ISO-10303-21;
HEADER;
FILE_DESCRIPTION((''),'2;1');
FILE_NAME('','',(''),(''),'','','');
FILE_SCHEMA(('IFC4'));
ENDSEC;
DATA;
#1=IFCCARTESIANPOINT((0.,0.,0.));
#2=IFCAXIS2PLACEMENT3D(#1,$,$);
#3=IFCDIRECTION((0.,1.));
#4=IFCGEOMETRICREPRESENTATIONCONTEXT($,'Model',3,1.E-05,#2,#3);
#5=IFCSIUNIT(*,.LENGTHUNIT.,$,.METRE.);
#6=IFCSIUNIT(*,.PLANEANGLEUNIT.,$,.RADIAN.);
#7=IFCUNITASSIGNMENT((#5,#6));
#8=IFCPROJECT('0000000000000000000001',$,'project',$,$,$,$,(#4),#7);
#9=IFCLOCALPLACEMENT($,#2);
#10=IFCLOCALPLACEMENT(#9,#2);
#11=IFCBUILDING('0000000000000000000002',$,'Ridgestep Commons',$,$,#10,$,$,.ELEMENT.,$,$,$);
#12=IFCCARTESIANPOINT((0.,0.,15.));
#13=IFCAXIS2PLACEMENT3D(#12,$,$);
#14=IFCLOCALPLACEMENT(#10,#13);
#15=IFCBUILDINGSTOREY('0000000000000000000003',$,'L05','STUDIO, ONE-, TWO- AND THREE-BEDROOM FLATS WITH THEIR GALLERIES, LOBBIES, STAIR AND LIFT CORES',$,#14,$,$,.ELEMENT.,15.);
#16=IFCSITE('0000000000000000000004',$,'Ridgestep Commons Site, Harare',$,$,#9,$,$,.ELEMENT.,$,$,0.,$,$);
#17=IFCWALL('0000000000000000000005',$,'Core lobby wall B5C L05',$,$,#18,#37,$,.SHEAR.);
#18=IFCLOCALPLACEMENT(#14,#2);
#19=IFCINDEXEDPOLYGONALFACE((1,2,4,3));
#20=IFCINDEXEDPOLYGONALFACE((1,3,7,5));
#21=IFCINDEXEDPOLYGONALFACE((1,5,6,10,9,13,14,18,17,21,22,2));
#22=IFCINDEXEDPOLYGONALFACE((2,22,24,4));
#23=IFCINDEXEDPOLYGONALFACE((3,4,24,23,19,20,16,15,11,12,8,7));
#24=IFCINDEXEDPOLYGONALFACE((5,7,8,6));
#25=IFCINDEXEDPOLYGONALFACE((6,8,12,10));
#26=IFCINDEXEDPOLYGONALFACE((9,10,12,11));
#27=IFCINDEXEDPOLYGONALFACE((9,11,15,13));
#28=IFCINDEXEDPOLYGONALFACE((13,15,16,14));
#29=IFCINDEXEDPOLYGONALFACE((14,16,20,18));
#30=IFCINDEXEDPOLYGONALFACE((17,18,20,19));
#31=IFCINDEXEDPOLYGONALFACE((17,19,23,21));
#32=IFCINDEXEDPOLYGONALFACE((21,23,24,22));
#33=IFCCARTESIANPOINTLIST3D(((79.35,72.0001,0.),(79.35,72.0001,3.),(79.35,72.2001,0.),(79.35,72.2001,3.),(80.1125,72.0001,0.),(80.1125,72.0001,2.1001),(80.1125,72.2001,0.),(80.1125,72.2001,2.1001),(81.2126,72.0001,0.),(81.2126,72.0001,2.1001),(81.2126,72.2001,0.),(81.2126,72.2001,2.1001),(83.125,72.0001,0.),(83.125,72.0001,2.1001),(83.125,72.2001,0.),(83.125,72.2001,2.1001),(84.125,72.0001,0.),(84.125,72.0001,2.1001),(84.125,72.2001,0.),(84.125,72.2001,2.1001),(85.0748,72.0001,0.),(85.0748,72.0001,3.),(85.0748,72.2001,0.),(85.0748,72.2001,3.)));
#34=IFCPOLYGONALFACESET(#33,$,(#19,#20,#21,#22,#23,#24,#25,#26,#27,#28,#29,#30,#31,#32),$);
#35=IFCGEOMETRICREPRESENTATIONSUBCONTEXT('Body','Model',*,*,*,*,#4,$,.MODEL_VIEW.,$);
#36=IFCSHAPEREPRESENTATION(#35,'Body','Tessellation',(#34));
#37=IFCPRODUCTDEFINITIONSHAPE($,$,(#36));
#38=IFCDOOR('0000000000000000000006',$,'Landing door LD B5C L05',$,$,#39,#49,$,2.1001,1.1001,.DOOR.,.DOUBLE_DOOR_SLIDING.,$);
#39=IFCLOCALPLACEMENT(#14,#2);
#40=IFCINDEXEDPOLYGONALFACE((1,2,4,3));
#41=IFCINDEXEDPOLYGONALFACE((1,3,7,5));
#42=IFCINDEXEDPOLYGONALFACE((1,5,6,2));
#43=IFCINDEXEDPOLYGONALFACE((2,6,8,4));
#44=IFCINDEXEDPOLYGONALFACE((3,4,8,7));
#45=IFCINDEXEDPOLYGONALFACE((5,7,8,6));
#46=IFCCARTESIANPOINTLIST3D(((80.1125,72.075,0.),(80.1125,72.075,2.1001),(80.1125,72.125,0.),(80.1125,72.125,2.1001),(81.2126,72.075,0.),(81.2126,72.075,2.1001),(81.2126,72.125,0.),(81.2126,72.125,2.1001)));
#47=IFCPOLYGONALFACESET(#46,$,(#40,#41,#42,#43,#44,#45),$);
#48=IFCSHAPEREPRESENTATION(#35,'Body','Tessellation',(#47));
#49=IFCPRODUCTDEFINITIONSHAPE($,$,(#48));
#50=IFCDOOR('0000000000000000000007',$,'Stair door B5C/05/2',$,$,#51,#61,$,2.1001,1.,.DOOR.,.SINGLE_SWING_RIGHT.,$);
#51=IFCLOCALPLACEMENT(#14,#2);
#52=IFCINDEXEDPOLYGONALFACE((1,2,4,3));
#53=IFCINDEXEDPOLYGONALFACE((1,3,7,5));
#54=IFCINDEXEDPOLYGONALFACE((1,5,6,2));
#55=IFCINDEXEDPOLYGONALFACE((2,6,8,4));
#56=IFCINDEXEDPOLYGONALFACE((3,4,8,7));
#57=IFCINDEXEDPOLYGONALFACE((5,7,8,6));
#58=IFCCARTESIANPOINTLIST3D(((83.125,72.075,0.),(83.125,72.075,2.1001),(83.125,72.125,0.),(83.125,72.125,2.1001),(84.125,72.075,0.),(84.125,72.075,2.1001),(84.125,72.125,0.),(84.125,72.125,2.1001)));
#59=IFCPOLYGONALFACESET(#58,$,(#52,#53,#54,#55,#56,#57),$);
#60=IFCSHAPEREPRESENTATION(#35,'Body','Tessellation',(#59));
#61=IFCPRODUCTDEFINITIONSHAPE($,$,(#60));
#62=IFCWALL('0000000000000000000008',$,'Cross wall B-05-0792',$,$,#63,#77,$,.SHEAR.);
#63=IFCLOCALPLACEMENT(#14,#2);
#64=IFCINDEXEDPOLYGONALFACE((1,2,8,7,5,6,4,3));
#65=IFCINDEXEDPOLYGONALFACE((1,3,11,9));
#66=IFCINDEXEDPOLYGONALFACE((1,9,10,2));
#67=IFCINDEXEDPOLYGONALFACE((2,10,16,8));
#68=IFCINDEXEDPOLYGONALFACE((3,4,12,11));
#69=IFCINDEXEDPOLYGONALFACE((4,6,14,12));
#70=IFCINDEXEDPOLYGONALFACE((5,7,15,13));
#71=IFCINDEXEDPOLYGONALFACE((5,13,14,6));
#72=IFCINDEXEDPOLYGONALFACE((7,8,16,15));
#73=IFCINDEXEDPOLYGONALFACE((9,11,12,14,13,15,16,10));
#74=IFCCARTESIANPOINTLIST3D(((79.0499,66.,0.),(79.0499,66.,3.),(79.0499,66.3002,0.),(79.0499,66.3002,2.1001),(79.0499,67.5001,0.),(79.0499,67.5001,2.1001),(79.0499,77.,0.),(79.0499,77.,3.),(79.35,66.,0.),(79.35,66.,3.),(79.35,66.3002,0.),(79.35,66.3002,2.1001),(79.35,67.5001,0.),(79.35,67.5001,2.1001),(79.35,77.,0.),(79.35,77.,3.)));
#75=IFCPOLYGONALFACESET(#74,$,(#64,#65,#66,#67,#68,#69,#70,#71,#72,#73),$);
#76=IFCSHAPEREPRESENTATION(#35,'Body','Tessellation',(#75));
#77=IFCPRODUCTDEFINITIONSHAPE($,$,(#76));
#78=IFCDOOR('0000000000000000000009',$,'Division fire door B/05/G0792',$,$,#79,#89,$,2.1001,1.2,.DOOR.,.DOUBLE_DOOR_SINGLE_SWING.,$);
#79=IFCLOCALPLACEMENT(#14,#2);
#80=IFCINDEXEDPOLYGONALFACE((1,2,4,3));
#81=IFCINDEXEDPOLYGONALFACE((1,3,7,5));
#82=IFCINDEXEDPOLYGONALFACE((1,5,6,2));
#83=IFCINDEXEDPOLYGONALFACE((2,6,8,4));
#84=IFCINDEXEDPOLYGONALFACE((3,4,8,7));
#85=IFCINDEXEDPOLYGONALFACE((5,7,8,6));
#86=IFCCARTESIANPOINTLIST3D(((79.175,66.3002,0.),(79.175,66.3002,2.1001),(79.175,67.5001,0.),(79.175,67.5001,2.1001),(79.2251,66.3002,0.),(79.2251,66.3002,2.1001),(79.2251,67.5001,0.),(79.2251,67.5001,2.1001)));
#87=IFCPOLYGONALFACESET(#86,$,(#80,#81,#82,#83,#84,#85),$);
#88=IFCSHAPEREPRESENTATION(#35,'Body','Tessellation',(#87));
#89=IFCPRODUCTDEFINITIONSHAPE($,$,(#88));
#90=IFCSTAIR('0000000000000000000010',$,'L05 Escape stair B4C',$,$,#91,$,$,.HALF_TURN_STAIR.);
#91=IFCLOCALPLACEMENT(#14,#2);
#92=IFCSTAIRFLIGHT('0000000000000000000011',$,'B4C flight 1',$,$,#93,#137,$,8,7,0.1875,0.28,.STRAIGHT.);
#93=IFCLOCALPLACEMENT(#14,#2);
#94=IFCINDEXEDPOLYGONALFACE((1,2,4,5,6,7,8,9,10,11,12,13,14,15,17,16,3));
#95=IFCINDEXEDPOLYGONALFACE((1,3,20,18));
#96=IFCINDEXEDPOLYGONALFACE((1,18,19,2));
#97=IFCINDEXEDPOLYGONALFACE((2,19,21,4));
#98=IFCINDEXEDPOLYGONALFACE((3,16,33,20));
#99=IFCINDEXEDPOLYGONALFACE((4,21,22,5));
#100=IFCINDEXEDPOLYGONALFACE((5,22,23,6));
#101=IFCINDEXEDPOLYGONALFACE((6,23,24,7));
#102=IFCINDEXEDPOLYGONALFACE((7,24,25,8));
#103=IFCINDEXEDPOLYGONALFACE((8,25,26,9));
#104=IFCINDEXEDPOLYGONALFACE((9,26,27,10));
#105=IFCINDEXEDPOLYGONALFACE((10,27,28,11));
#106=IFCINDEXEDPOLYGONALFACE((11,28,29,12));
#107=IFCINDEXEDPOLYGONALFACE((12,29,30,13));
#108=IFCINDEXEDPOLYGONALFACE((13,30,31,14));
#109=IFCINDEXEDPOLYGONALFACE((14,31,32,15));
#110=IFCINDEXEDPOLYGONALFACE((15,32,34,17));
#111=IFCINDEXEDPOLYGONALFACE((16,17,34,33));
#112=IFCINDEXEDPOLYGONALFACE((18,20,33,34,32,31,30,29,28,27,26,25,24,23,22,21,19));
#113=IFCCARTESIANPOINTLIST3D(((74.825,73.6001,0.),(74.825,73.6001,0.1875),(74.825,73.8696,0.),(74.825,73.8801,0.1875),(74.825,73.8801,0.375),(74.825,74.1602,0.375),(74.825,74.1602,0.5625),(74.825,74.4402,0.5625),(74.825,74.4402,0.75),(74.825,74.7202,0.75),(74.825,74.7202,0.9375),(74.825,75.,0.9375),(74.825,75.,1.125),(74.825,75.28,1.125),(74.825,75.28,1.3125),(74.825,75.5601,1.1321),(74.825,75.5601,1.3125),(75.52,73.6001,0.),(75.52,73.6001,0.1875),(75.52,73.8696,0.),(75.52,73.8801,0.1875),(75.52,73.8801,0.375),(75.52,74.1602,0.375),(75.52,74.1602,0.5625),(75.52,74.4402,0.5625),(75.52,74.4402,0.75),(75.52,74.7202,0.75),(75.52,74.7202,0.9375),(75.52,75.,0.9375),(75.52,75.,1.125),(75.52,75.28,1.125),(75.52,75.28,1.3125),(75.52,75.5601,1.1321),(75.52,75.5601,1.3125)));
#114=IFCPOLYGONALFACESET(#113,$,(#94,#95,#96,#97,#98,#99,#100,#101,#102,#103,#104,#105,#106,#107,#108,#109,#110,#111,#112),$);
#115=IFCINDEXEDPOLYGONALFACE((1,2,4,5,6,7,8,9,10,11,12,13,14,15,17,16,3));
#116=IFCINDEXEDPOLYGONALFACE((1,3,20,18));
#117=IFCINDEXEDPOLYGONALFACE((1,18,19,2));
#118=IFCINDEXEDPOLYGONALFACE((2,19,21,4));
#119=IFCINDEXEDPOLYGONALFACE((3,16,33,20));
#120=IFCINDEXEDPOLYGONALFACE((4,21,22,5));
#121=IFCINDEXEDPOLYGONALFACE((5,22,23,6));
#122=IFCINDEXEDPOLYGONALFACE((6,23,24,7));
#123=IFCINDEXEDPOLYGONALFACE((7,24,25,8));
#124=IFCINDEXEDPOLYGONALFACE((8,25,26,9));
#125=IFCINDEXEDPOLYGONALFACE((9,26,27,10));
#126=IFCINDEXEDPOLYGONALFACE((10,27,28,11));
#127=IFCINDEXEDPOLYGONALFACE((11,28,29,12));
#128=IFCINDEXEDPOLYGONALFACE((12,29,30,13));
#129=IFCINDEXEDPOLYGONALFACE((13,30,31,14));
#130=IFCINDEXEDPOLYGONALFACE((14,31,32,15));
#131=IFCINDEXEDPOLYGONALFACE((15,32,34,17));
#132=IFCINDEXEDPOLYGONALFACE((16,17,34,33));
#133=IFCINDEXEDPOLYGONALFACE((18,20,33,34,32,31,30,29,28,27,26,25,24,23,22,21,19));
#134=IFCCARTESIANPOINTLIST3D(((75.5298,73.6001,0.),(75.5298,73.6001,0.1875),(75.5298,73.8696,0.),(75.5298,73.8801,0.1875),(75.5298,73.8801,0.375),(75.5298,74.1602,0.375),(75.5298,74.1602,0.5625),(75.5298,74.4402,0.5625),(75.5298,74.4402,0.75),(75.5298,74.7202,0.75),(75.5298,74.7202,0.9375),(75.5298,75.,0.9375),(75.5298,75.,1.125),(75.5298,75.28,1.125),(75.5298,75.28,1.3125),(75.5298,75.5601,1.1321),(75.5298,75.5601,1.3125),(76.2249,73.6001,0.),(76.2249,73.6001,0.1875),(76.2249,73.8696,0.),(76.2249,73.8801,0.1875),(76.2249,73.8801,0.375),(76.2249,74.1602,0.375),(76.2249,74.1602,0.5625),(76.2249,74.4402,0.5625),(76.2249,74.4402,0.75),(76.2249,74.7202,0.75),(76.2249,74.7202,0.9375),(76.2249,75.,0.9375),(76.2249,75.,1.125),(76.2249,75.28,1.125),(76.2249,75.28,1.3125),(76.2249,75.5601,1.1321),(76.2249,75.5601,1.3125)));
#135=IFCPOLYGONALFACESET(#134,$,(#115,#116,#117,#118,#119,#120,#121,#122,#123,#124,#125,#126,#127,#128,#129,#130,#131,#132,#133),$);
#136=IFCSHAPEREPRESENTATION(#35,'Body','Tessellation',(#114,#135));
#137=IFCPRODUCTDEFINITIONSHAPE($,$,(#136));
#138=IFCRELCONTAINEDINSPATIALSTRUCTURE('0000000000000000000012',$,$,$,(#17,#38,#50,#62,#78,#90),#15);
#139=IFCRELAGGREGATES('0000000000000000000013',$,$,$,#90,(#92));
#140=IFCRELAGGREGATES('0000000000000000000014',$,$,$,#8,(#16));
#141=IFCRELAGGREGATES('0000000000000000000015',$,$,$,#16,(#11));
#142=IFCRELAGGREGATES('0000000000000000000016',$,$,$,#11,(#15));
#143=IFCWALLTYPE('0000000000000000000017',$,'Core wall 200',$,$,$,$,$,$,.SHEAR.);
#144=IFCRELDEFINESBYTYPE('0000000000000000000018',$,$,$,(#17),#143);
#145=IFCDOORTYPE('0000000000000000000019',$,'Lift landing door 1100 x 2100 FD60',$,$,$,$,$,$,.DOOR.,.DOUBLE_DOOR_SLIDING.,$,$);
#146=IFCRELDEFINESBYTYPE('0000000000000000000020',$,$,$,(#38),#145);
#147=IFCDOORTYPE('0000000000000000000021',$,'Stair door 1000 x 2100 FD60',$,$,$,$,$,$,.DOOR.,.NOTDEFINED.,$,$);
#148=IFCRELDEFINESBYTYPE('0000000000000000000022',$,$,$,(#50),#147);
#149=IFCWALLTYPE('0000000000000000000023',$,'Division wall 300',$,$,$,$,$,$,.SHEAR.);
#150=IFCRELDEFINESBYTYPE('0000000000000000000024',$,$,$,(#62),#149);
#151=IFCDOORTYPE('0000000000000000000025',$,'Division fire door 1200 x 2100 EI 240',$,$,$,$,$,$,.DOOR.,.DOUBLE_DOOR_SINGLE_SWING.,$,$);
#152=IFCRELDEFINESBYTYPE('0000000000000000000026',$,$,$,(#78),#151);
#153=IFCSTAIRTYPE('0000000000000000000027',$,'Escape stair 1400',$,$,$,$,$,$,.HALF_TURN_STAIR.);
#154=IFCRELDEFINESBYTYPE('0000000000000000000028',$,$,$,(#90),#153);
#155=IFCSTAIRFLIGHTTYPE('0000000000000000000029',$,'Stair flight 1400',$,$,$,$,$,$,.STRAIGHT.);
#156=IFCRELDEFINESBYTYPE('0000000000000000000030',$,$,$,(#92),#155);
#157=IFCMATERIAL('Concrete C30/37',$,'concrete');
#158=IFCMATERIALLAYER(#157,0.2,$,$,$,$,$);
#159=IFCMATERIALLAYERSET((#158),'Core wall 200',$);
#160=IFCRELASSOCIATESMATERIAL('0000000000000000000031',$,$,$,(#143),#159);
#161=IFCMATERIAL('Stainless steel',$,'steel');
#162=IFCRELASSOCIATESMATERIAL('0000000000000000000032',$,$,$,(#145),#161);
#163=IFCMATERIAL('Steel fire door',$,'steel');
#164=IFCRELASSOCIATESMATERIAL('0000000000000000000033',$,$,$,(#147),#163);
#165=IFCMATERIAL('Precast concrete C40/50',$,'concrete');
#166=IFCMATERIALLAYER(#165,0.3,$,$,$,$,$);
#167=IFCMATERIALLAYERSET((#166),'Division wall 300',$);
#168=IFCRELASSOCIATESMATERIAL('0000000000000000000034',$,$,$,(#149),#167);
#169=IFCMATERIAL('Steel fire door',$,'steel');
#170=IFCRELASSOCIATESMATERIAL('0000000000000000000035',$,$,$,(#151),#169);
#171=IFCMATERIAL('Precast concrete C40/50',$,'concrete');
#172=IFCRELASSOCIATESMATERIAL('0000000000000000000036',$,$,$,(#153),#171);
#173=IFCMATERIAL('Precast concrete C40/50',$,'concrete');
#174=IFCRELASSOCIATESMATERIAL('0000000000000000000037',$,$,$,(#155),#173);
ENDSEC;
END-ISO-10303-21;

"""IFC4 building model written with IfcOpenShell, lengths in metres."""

from ifc_helpers import new_model, si_unit, direction, frame, frame_2d, origin, place, context, subcontext, project, spatial, polyline, rectangle, outline, extrude, material, layer, layer_set, type_object, element, fill, aggregate, save


model = new_model("IFC4")

# Units and contexts
model_context = context("Model", 3, precision=1e-05, world=origin(), true_north=direction((0.0, 1.0)))
body_context = subcontext(model_context, "Body", "Model", "MODEL_VIEW")
ifc_project = project(units=[si_unit("LENGTHUNIT", "METRE"), si_unit("PLANEANGLEUNIT", "RADIAN")], contexts=[model_context])

# Site, building, storey
site_placement = place(None, origin())
site = spatial("IfcSite", under=ifc_project, at=site_placement, Name="Ridgestep Commons Site, Harare", CompositionType="ELEMENT", RefElevation=0.0)
building_placement = place(site_placement, origin())
building = spatial("IfcBuilding", under=site, at=building_placement, Name="Ridgestep Commons", CompositionType="ELEMENT")
storey_placement = place(building_placement, frame((0.0, 0.0, 15.0)))
storey = spatial("IfcBuildingStorey", under=building, at=storey_placement, Name="L05", Description="STUDIO, ONE-, TWO- AND THREE-BEDROOM FLATS WITH THEIR GALLERIES, LOBBIES, STAIR AND LIFT CORES", CompositionType="ELEMENT", Elevation=15.0)

# Shared definitions
ifc_material_1 = material(Name="Concrete C30/37", Category="concrete")
ifc_layer_1 = layer(ifc_material_1, 0.2)
ifc_layer_set_1 = layer_set([ifc_layer_1], Name="Core wall 200")
wall_type_1 = type_object("IfcWallType", Name="Core wall 200", PredefinedType="SHEAR", material=ifc_layer_set_1)

# Wall, openings, doors
wall_1_placement = place(storey_placement, frame((79.3501, 72.1001, 0.0), z_axis=(0.0, 0.0, 1.0), x_axis=(1.0, 0.0, 0.0)))
wall_1 = element("IfcWall", 1, at=wall_1_placement, inside=storey, type_object=wall_type_1, Name="Core lobby wall B5C L05", PredefinedType="SHEAR", context=body_context, shape_type="SweptSolid", body=[
    extrude(rectangle(XDim=5.7249, YDim=0.2, at=frame_2d((2.8623, 0.0))), origin(), (0.0, 0.0, 1.0), 3.0),
])
opening_1_placement = place(wall_1_placement, frame((3.7749, 0.0, 0.0)))
opening_1 = element("IfcOpeningElement", 2, at=opening_1_placement, cuts=wall_1, PredefinedType="OPENING", context=body_context, shape_type="SweptSolid", body=[
    extrude(rectangle(XDim=1.0, YDim=2.1001, at=frame_2d((0.5, 1.05))), frame((0.0, 0.1099, 0.0), z_axis=(0.0, -1.0, 0.0), x_axis=(1.0, 0.0, 0.0)), (0.0, 0.0, 1.0), 0.22),
])
opening_2_placement = place(wall_1_placement, frame((0.7625, 0.0, 0.0)))
opening_2 = element("IfcOpeningElement", 3, at=opening_2_placement, cuts=wall_1, PredefinedType="OPENING", context=body_context, shape_type="SweptSolid", body=[
    extrude(rectangle(XDim=1.1001, YDim=2.1001, at=frame_2d((0.55, 1.05))), frame((0.0, 0.1099, 0.0), z_axis=(0.0, -1.0, 0.0), x_axis=(1.0, 0.0, 0.0)), (0.0, 0.0, 1.0), 0.22),
])
ifc_material_2 = material(Name="Stainless steel", Category="steel")
door_type_1 = type_object("IfcDoorType", Name="Lift landing door 1100 x 2100 FD60", OperationType="DOUBLE_DOOR_SLIDING", PredefinedType="DOOR", material=ifc_material_2)
door_1_placement = place(opening_2_placement, origin())
door_1 = element("IfcDoor", 4, at=door_1_placement, inside=storey, type_object=door_type_1, Name="Landing door LD B5C L05", OperationType="DOUBLE_DOOR_SLIDING", OverallHeight=2.1001, OverallWidth=1.1001, PredefinedType="DOOR", context=body_context, shape_type="SweptSolid", body=[
    extrude(rectangle(XDim=1.1001, YDim=2.1001, at=frame_2d((0.55, 1.05))), frame((0.0, 0.0249, 0.0), z_axis=(0.0, -1.0, 0.0), x_axis=(1.0, 0.0, 0.0)), (0.0, 0.0, 1.0), 0.05),
])
fill(opening_2, door_1)
ifc_material_3 = material(Name="Steel fire door", Category="steel")
door_type_2 = type_object("IfcDoorType", Name="Stair door 1000 x 2100 FD60", OperationType="NOTDEFINED", PredefinedType="DOOR", material=ifc_material_3)
door_2_placement = place(opening_1_placement, origin())
door_2 = element("IfcDoor", 5, at=door_2_placement, inside=storey, type_object=door_type_2, Name="Stair door B5C/05/2", OperationType="SINGLE_SWING_RIGHT", OverallHeight=2.1001, OverallWidth=1.0, PredefinedType="DOOR", context=body_context, shape_type="SweptSolid", body=[
    extrude(rectangle(XDim=1.0, YDim=2.1001, at=frame_2d((0.5, 1.05))), frame((0.0, 0.0249, 0.0), z_axis=(0.0, -1.0, 0.0), x_axis=(1.0, 0.0, 0.0)), (0.0, 0.0, 1.0), 0.05),
])
fill(opening_1, door_2)

# Wall, opening, door
ifc_material_4 = material(Name="Precast concrete C40/50", Category="concrete")
ifc_layer_2 = layer(ifc_material_4, 0.3)
ifc_layer_set_2 = layer_set([ifc_layer_2], Name="Division wall 300")
wall_type_2 = type_object("IfcWallType", Name="Division wall 300", PredefinedType="SHEAR", material=ifc_layer_set_2)
wall_2_placement = place(storey_placement, frame((79.2, 66.0, 0.0), z_axis=(0.0, 0.0, 1.0), x_axis=(0.0, 1.0, 0.0)))
wall_2 = element("IfcWall", 6, at=wall_2_placement, inside=storey, type_object=wall_type_2, Name="Cross wall B-05-0792", PredefinedType="SHEAR", context=body_context, shape_type="SweptSolid", body=[
    extrude(rectangle(XDim=11.0, YDim=0.3, at=frame_2d((5.5, 0.0))), origin(), (0.0, 0.0, 1.0), 3.0),
])
opening_3_placement = place(wall_2_placement, frame((0.3, 0.0, 0.0)))
opening_3 = element("IfcOpeningElement", 7, at=opening_3_placement, cuts=wall_2, PredefinedType="OPENING", context=body_context, shape_type="SweptSolid", body=[
    extrude(rectangle(XDim=1.2, YDim=2.1001, at=frame_2d((0.6001, 1.05))), frame((0.0, 0.1599, 0.0), z_axis=(0.0, -1.0, 0.0), x_axis=(1.0, 0.0, 0.0)), (0.0, 0.0, 1.0), 0.3201),
])
ifc_material_5 = material(Name="Steel fire door", Category="steel")
door_type_3 = type_object("IfcDoorType", Name="Division fire door 1200 x 2100 EI 240", OperationType="DOUBLE_DOOR_SINGLE_SWING", PredefinedType="DOOR", material=ifc_material_5)
door_3_placement = place(opening_3_placement, origin())
door_3 = element("IfcDoor", 8, at=door_3_placement, inside=storey, type_object=door_type_3, Name="Division fire door B/05/G0792", OperationType="DOUBLE_DOOR_SINGLE_SWING", OverallHeight=2.1001, OverallWidth=1.2, PredefinedType="DOOR", context=body_context, shape_type="SweptSolid", body=[
    extrude(rectangle(XDim=1.2, YDim=2.1001, at=frame_2d((0.6001, 1.05))), frame((0.0, 0.0249, 0.0), z_axis=(0.0, -1.0, 0.0), x_axis=(1.0, 0.0, 0.0)), (0.0, 0.0, 1.0), 0.05),
])
fill(opening_3, door_3)

# Stair, stair flight
ifc_material_6 = material(Name="Precast concrete C40/50", Category="concrete")
stair_type = type_object("IfcStairType", Name="Escape stair 1400", PredefinedType="HALF_TURN_STAIR", material=ifc_material_6)
stair_placement = place(storey_placement, origin())
stair = element("IfcStair", 9, at=stair_placement, inside=storey, type_object=stair_type, Name="L05 Escape stair B4C", PredefinedType="HALF_TURN_STAIR")
ifc_material_7 = material(Name="Precast concrete C40/50", Category="concrete")
stair_flight_type = type_object("IfcStairFlightType", Name="Stair flight 1400", PredefinedType="STRAIGHT", material=ifc_material_7)
stair_flight_placement = place(storey_placement, frame((75.5249, 73.6001, 0.0), z_axis=(0.0, 0.0, 1.0), x_axis=(0.0, 1.0, 0.0)))
stair_flight = element("IfcStairFlight", 10, at=stair_flight_placement, type_object=stair_flight_type, Name="B4C flight 1", NumberOfRisers=8, NumberOfTreads=7, PredefinedType="STRAIGHT", RiserHeight=0.1875, TreadLength=0.28, context=body_context, shape_type="SweptSolid", body=[
    extrude(outline(polyline([(0.0, 0.0), (0.0, 0.1875), (0.28, 0.1875), (0.28, 0.375), (0.5601, 0.375), (0.5601, 0.5625), (0.8401, 0.5625), (0.8401, 0.75), (1.1201, 0.75), (1.1201, 0.9375), (1.3999, 0.9375), (1.3999, 1.125), (1.6799, 1.125), (1.6799, 1.3125), (1.96, 1.3125), (1.96, 1.5), (1.96, 1.1321), (0.2695, 0.0), (0.0, 0.0)])), frame((0.0, 0.7, 0.0), z_axis=(0.0, -1.0, 0.0), x_axis=(1.0, 0.0, 0.0)), (0.0, 0.0, 1.0), 0.6951),
    extrude(outline(polyline([(0.0, 0.0), (0.0, 0.1875), (0.28, 0.1875), (0.28, 0.375), (0.5601, 0.375), (0.5601, 0.5625), (0.8401, 0.5625), (0.8401, 0.75), (1.1201, 0.75), (1.1201, 0.9375), (1.3999, 0.9375), (1.3999, 1.125), (1.6799, 1.125), (1.6799, 1.3125), (1.96, 1.3125), (1.96, 1.5), (1.96, 1.1321), (0.2695, 0.0), (0.0, 0.0)])), frame((0.0, -0.0049, 0.0), z_axis=(0.0, -1.0, 0.0), x_axis=(1.0, 0.0, 0.0)), (0.0, 0.0, 1.0), 0.6951),
])
aggregate(stair, [stair_flight])

save(model, "model.ifc")
